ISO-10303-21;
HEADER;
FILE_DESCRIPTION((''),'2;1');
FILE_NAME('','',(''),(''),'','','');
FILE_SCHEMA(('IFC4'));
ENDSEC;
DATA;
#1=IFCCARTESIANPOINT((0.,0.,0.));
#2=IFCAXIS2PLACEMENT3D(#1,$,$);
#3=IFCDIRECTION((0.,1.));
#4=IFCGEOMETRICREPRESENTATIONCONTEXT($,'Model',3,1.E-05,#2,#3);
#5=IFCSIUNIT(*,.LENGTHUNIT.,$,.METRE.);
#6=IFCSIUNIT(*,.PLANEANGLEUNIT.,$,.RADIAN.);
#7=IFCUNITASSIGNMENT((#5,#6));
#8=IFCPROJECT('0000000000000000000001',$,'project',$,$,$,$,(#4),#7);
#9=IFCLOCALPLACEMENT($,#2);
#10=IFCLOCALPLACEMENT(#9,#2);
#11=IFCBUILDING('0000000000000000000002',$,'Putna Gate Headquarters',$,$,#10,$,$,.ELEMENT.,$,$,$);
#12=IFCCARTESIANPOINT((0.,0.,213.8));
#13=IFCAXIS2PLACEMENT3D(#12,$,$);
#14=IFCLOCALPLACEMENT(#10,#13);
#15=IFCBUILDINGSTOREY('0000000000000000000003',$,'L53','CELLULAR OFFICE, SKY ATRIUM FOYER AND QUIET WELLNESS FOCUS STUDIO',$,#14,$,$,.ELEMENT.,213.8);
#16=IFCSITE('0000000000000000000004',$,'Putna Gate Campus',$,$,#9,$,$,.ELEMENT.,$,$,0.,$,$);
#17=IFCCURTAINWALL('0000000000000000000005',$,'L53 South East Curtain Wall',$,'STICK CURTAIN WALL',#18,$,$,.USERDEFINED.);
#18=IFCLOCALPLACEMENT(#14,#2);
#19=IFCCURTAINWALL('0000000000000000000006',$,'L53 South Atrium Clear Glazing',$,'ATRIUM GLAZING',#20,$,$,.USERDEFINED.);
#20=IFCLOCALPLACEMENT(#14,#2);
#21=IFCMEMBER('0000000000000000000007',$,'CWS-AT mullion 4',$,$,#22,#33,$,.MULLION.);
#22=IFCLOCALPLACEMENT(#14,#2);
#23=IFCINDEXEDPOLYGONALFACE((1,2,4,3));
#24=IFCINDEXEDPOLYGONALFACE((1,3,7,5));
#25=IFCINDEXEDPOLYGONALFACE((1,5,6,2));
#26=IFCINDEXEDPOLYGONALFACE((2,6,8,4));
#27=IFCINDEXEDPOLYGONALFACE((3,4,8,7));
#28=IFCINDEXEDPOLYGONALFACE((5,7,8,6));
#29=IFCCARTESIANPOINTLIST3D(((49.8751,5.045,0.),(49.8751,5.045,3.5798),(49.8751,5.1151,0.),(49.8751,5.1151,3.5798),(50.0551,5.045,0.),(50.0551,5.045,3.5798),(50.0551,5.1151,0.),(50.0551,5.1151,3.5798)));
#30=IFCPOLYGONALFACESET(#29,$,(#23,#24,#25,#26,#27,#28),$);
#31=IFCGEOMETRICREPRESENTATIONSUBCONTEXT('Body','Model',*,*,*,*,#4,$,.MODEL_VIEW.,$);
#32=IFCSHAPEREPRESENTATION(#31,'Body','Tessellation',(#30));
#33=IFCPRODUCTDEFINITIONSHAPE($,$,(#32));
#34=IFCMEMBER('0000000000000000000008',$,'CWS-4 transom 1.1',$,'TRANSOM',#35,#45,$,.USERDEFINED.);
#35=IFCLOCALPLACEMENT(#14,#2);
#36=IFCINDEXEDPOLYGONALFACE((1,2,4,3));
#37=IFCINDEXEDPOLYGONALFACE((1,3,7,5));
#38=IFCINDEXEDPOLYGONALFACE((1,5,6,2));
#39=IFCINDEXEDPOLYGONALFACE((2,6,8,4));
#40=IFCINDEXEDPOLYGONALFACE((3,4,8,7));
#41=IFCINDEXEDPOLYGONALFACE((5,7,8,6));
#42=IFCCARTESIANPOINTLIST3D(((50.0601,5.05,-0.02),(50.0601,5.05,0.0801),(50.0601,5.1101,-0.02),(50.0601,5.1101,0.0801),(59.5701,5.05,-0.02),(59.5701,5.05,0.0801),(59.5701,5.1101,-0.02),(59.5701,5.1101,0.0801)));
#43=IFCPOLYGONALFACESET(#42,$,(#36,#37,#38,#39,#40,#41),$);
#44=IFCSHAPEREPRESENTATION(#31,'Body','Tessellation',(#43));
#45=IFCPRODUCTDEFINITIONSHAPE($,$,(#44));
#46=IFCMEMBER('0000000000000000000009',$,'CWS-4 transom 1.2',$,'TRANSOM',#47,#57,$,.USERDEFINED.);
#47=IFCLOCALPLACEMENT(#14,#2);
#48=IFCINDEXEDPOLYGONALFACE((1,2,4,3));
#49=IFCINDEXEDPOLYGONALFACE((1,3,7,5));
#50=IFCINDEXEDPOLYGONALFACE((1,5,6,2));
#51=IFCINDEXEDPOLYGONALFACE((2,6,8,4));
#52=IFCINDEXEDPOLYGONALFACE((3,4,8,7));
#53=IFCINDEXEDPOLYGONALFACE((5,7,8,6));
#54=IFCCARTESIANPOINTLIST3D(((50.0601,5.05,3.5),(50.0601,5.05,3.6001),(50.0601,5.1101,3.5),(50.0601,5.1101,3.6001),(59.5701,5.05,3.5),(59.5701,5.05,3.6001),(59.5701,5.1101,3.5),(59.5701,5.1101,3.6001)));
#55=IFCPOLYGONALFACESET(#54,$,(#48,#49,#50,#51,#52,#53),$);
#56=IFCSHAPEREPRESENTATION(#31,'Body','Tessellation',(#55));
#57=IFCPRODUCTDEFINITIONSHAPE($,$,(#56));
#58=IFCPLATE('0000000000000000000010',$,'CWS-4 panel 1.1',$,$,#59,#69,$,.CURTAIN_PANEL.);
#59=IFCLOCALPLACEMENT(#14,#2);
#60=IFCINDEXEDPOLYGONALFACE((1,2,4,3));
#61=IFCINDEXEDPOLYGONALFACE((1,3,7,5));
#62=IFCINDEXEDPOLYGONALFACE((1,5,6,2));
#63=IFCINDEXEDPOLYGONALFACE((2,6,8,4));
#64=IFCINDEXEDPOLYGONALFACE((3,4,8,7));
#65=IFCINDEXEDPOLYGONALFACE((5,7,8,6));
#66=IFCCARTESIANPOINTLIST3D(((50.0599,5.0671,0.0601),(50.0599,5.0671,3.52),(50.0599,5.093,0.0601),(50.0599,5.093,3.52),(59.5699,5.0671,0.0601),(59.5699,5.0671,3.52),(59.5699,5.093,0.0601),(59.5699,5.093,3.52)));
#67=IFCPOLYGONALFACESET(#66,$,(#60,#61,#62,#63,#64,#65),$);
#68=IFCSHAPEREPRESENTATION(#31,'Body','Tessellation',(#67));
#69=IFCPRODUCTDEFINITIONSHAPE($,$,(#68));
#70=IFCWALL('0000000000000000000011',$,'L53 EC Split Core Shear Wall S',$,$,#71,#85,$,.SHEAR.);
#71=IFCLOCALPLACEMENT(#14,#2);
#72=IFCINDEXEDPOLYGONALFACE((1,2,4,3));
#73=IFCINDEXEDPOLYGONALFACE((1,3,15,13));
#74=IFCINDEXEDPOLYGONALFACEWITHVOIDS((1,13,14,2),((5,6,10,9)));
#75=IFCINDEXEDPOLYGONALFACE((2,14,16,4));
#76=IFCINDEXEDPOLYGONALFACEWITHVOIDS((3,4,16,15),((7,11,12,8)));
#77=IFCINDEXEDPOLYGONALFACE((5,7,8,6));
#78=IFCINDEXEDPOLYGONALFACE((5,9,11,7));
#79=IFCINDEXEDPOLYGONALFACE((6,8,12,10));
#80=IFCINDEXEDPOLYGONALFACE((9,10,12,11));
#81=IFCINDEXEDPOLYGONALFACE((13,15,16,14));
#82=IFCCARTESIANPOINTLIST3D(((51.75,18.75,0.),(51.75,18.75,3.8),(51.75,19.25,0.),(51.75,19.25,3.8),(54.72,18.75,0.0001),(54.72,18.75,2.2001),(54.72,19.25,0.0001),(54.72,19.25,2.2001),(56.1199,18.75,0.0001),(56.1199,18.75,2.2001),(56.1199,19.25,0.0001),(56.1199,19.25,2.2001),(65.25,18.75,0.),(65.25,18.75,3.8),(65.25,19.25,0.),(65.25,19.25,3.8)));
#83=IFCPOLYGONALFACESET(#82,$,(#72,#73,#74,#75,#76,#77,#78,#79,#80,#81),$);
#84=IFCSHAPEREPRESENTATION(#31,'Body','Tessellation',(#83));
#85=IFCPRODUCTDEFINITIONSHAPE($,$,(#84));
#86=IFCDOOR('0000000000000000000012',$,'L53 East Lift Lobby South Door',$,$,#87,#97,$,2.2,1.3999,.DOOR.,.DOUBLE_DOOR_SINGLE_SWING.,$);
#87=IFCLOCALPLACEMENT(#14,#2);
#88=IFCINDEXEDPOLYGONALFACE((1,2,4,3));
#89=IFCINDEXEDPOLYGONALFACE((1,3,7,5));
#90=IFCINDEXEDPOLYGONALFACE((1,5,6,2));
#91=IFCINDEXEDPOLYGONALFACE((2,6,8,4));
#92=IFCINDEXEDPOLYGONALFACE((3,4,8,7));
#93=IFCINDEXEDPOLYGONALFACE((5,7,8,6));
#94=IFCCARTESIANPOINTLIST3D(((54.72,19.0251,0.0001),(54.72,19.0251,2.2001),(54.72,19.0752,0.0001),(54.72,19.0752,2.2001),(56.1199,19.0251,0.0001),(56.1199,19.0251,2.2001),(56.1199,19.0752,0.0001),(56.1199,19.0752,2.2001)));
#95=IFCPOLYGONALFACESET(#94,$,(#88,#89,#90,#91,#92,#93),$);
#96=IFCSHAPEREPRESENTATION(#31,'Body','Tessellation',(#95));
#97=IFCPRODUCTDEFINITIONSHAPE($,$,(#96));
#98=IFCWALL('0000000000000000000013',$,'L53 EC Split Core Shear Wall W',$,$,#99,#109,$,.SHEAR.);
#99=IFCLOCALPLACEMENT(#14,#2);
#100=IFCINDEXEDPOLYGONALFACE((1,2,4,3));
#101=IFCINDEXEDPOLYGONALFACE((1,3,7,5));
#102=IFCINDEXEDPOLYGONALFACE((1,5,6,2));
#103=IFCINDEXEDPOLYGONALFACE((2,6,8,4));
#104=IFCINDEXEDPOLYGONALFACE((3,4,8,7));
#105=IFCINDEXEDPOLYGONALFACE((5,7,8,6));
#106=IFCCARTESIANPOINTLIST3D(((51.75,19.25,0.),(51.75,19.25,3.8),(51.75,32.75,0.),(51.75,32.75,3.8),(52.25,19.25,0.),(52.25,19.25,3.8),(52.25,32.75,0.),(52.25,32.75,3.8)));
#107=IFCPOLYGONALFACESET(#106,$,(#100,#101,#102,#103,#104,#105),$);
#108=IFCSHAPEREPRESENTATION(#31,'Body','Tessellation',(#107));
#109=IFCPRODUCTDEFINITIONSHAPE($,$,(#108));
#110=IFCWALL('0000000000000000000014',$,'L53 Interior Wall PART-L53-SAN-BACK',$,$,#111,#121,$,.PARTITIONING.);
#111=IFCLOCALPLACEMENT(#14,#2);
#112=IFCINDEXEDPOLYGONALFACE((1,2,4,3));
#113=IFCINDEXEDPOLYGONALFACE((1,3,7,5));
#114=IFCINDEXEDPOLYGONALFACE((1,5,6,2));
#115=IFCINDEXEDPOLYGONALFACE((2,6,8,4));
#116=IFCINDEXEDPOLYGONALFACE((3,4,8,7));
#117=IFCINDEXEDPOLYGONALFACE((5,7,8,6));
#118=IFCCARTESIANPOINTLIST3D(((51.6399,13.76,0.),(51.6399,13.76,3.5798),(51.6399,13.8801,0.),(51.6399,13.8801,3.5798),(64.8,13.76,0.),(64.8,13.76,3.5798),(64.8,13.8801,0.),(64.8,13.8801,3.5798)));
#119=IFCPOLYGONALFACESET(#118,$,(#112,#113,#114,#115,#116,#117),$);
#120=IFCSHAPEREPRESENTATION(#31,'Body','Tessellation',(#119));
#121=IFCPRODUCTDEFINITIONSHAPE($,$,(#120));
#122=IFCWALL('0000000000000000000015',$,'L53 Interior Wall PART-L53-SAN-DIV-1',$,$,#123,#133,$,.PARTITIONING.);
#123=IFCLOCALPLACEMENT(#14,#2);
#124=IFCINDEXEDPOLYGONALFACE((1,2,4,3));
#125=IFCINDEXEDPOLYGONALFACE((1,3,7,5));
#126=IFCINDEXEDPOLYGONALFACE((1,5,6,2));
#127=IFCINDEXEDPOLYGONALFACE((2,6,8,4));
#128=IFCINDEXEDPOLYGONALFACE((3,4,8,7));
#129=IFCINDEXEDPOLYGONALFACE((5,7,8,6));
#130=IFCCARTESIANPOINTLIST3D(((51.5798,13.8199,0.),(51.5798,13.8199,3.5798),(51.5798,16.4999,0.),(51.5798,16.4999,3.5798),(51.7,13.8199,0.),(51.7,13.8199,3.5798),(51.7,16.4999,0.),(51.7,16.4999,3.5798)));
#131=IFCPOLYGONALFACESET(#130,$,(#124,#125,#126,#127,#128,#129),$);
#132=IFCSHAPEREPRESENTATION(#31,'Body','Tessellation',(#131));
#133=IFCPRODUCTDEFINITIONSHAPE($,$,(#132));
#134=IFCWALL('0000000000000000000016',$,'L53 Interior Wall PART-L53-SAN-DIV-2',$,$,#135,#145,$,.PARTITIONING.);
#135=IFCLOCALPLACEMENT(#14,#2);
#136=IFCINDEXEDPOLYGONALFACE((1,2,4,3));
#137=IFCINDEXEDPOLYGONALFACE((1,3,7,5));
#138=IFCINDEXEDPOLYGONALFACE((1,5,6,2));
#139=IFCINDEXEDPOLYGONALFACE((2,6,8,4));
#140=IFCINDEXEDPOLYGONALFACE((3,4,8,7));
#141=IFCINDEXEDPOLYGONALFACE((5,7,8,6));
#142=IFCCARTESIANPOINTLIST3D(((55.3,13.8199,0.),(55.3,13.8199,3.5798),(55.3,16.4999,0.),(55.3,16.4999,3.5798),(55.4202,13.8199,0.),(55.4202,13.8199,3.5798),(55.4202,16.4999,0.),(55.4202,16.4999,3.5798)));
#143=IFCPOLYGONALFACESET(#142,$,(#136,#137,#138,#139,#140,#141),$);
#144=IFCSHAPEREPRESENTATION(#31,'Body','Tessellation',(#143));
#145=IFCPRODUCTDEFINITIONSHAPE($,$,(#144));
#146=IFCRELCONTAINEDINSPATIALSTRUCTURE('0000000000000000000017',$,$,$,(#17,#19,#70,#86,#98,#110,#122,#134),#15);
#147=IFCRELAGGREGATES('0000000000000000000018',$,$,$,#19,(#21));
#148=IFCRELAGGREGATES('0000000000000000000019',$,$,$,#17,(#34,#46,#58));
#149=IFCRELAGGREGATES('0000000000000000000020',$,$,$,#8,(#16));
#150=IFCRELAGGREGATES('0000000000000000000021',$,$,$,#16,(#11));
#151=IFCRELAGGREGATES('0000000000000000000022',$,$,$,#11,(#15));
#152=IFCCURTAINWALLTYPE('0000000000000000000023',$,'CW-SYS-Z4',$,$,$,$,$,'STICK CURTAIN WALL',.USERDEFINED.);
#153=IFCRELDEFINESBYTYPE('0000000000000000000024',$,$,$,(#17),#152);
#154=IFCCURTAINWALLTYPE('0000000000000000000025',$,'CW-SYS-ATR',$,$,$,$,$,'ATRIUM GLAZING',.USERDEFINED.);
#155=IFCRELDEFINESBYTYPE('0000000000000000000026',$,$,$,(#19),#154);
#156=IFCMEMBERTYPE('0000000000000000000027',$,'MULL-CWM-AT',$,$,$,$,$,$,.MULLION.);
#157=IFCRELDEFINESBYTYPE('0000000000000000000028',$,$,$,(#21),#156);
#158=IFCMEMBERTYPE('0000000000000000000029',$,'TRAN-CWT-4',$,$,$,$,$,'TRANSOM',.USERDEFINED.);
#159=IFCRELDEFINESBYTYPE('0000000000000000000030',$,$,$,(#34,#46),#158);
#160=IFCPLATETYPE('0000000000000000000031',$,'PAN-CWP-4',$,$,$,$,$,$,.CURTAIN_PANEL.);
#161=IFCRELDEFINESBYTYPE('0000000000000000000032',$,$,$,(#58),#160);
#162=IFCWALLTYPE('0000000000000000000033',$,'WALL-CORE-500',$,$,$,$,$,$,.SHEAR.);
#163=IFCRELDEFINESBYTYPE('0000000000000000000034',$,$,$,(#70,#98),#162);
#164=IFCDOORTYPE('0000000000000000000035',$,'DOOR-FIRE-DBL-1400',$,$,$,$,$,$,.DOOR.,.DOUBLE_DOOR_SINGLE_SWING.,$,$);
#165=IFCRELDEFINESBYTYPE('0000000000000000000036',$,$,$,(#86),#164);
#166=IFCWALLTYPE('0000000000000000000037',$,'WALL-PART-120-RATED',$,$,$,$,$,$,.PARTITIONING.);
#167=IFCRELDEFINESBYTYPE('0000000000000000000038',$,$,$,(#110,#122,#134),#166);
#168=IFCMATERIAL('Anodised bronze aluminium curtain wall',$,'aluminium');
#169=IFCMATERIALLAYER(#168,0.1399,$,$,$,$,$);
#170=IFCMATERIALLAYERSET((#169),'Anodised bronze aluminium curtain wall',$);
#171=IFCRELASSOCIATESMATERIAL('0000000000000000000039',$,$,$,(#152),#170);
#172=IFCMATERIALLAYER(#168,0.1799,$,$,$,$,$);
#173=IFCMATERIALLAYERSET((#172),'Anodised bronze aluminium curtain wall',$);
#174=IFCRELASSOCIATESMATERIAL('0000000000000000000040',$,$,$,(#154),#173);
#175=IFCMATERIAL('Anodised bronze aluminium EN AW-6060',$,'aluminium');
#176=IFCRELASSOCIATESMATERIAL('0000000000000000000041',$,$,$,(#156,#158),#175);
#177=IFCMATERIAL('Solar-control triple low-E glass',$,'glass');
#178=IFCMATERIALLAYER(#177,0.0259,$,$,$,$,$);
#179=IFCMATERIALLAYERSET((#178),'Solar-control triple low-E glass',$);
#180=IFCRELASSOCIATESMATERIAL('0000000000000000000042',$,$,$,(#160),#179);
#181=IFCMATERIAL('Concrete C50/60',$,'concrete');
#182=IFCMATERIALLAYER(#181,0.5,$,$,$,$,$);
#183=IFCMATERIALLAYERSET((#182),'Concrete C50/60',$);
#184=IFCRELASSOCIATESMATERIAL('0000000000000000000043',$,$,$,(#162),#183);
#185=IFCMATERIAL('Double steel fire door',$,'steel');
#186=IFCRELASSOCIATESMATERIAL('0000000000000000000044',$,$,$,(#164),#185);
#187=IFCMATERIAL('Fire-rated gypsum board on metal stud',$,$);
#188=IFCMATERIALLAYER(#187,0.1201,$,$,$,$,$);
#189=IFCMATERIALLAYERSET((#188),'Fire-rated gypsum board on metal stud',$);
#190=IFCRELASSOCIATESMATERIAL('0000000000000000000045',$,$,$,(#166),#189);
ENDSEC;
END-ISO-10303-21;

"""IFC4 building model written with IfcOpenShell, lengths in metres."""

from ifc_helpers import new_model, si_unit, direction, frame, frame_2d, origin, origin_2d, place, context, subcontext, project, spatial, rectangle, extrude, material, layer, layer_set, material_profile, profile_set, type_object, element, fill, aggregate, save


model = new_model("IFC4")

# Units and contexts
model_context = context("Model", 3, precision=1e-05, world=origin(), true_north=direction((0.0, 1.0)))
body_context = subcontext(model_context, "Body", "Model", "MODEL_VIEW")
ifc_project = project(units=[si_unit("LENGTHUNIT", "METRE"), si_unit("PLANEANGLEUNIT", "RADIAN")], contexts=[model_context])

# Site, building, storey
site_placement = place(None, origin())
site = spatial("IfcSite", under=ifc_project, at=site_placement, Name="Putna Gate Campus", CompositionType="ELEMENT", RefElevation=0.0)
building_placement = place(site_placement, origin())
building = spatial("IfcBuilding", under=site, at=building_placement, Name="Putna Gate Headquarters", CompositionType="ELEMENT")
storey_placement = place(building_placement, frame((0.0, 0.0, 213.8)))
storey = spatial("IfcBuildingStorey", under=building, at=storey_placement, Name="L53", Description="CELLULAR OFFICE, SKY ATRIUM FOYER AND QUIET WELLNESS FOCUS STUDIO", CompositionType="ELEMENT", Elevation=213.8)

# Curtain walls, member
ifc_material_1 = material(Name="Anodised bronze aluminium curtain wall", Category="aluminium")
ifc_layer_1 = layer(ifc_material_1, 0.1399)
ifc_layer_set_1 = layer_set([ifc_layer_1], Name="Anodised bronze aluminium curtain wall")
curtain_wall_type_1 = type_object("IfcCurtainWallType", Name="CW-SYS-Z4", ElementType="STICK CURTAIN WALL", PredefinedType="USERDEFINED", material=ifc_layer_set_1)
curtain_wall_1_placement = place(storey_placement, origin())
curtain_wall_1 = element("IfcCurtainWall", 1, at=curtain_wall_1_placement, inside=storey, type_object=curtain_wall_type_1, Name="L53 South East Curtain Wall", ObjectType="STICK CURTAIN WALL", PredefinedType="USERDEFINED")
ifc_material_2 = material(Name="Anodised bronze aluminium EN AW-6060", Category="aluminium")
ifc_layer_2 = layer(ifc_material_1, 0.1799)
ifc_layer_set_2 = layer_set([ifc_layer_2], Name="Anodised bronze aluminium curtain wall")
curtain_wall_type_2 = type_object("IfcCurtainWallType", Name="CW-SYS-ATR", ElementType="ATRIUM GLAZING", PredefinedType="USERDEFINED", material=ifc_layer_set_2)
curtain_wall_2_placement = place(storey_placement, origin())
curtain_wall_2 = element("IfcCurtainWall", 2, at=curtain_wall_2_placement, inside=storey, type_object=curtain_wall_type_2, Name="L53 South Atrium Clear Glazing", ObjectType="ATRIUM GLAZING", PredefinedType="USERDEFINED")
ifc_material_profile_1 = material_profile(ifc_material_2, rectangle(XDim=0.0701, YDim=0.1799, at=origin_2d()), Name="Anodised bronze aluminium EN AW-6060")
ifc_profile_set_1 = profile_set([ifc_material_profile_1], Name="Anodised bronze aluminium EN AW-6060")
member_type_1 = type_object("IfcMemberType", Name="MULL-CWM-AT", PredefinedType="MULLION", material=ifc_profile_set_1)
member_1_placement = place(storey_placement, frame((49.9651, 5.0801, 0.0), z_axis=(0.0, 0.0, 1.0), x_axis=(0.0, 1.0, 0.0)))
member_1 = element("IfcMember", 3, at=member_1_placement, type_object=member_type_1, Name="CWS-AT mullion 4", PredefinedType="MULLION", context=body_context, shape_type="SweptSolid", body=[
    extrude(rectangle(XDim=0.0701, YDim=0.1799, at=origin_2d()), origin(), (0.0, 0.0, 1.0), 3.5798),
])
aggregate(curtain_wall_2, [member_1])

# Members
ifc_material_profile_2 = material_profile(ifc_material_2, rectangle(XDim=0.0601, YDim=0.1001, at=origin_2d()), Name="Anodised bronze aluminium EN AW-6060")
ifc_profile_set_2 = profile_set([ifc_material_profile_2], Name="Anodised bronze aluminium EN AW-6060")
member_type_2 = type_object("IfcMemberType", Name="TRAN-CWT-4", ElementType="TRANSOM", PredefinedType="USERDEFINED", material=ifc_profile_set_2)
member_2_placement = place(storey_placement, frame((50.0601, 5.0801, 0.03), z_axis=(1.0, 0.0, 0.0), x_axis=(0.0, 1.0, 0.0)))
member_2 = element("IfcMember", 4, at=member_2_placement, type_object=member_type_2, Name="CWS-4 transom 1.1", ObjectType="TRANSOM", PredefinedType="USERDEFINED", context=body_context, shape_type="SweptSolid", body=[
    extrude(rectangle(XDim=0.0601, YDim=0.1001, at=origin_2d()), origin(), (0.0, 0.0, 1.0), 9.51),
])
member_3_placement = place(storey_placement, frame((50.0601, 5.0801, 3.55), z_axis=(1.0, 0.0, 0.0), x_axis=(0.0, 1.0, 0.0)))
member_3 = element("IfcMember", 5, at=member_3_placement, type_object=member_type_2, Name="CWS-4 transom 1.2", ObjectType="TRANSOM", PredefinedType="USERDEFINED", context=body_context, shape_type="SweptSolid", body=[
    extrude(rectangle(XDim=0.0601, YDim=0.1001, at=origin_2d()), origin(), (0.0, 0.0, 1.0), 9.51),
])

# Plate
ifc_material_3 = material(Name="Solar-control triple low-E glass", Category="glass")
ifc_layer_3 = layer(ifc_material_3, 0.0259)
ifc_layer_set_3 = layer_set([ifc_layer_3], Name="Solar-control triple low-E glass")
plate_type = type_object("IfcPlateType", Name="PAN-CWP-4", PredefinedType="CURTAIN_PANEL", material=ifc_layer_set_3)
plate_placement = place(storey_placement, frame((54.8149, 5.0801, 0.0601), z_axis=(0.0, 0.0, 1.0), x_axis=(1.0, 0.0, 0.0)))
plate = element("IfcPlate", 6, at=plate_placement, type_object=plate_type, Name="CWS-4 panel 1.1", PredefinedType="CURTAIN_PANEL", context=body_context, shape_type="SweptSolid", body=[
    extrude(rectangle(XDim=9.51, YDim=0.0259, at=origin_2d()), origin(), (0.0, 0.0, 1.0), 3.46),
])
aggregate(curtain_wall_1, [member_2, member_3, plate])

# Wall, opening, door
ifc_material_4 = material(Name="Concrete C50/60", Category="concrete")
ifc_layer_4 = layer(ifc_material_4, 0.5)
ifc_layer_set_4 = layer_set([ifc_layer_4], Name="Concrete C50/60")
wall_type_1 = type_object("IfcWallType", Name="WALL-CORE-500", PredefinedType="SHEAR", material=ifc_layer_set_4)
wall_1_placement = place(storey_placement, frame((51.75, 19.0, 0.0), z_axis=(0.0, 0.0, 1.0), x_axis=(1.0, 0.0, 0.0)))
wall_1 = element("IfcWall", 7, at=wall_1_placement, inside=storey, type_object=wall_type_1, Name="L53 EC Split Core Shear Wall S", PredefinedType="SHEAR", context=body_context, shape_type="SweptSolid", body=[
    extrude(rectangle(XDim=13.5, YDim=0.5, at=frame_2d((6.75, 0.0))), origin(), (0.0, 0.0, 1.0), 3.8),
])
opening_1_placement = place(wall_1_placement, frame((2.97, 0.0, 0.0)))
opening_1 = element("IfcOpeningElement", 8, at=opening_1_placement, cuts=wall_1, PredefinedType="OPENING", context=body_context, shape_type="SweptSolid", body=[
    extrude(rectangle(XDim=1.3999, YDim=2.2, at=frame_2d((0.7, 1.1001))), frame((0.0, 0.26, 0.0), z_axis=(0.0, -1.0, 0.0), x_axis=(1.0, 0.0, 0.0)), (0.0, 0.0, 1.0), 0.52),
])
ifc_material_5 = material(Name="Double steel fire door", Category="steel")
door_type_1 = type_object("IfcDoorType", Name="DOOR-FIRE-DBL-1400", OperationType="DOUBLE_DOOR_SINGLE_SWING", PredefinedType="DOOR", material=ifc_material_5)
door_1_placement = place(opening_1_placement, origin())
door_1 = element("IfcDoor", 9, at=door_1_placement, inside=storey, type_object=door_type_1, Name="L53 East Lift Lobby South Door", OperationType="DOUBLE_DOOR_SINGLE_SWING", OverallHeight=2.2, OverallWidth=1.3999, PredefinedType="DOOR", context=body_context, shape_type="SweptSolid", body=[
    extrude(rectangle(XDim=1.3999, YDim=2.2, at=frame_2d((0.7, 1.1001))), frame((0.0, 0.0752, 0.0), z_axis=(0.0, -1.0, 0.0), x_axis=(1.0, 0.0, 0.0)), (0.0, 0.0, 1.0), 0.05),
])
fill(opening_1, door_1)

# Wall
wall_2_placement = place(storey_placement, frame((52.0, 19.25, 0.0), z_axis=(0.0, 0.0, 1.0), x_axis=(0.0, 1.0, 0.0)))
element("IfcWall", 10, at=wall_2_placement, inside=storey, type_object=wall_type_1, Name="L53 EC Split Core Shear Wall W", PredefinedType="SHEAR", context=body_context, shape_type="SweptSolid", body=[
    extrude(rectangle(XDim=13.5, YDim=0.5, at=frame_2d((6.75, 0.0))), origin(), (0.0, 0.0, 1.0), 3.8),
])

# Shared definitions
ifc_material_6 = material(Name="Fire-rated gypsum board on metal stud")
ifc_layer_5 = layer(ifc_material_6, 0.1201)
ifc_layer_set_5 = layer_set([ifc_layer_5], Name="Fire-rated gypsum board on metal stud")
wall_type_2 = type_object("IfcWallType", Name="WALL-PART-120-RATED", PredefinedType="PARTITIONING", material=ifc_layer_set_5)

# Walls
wall_3_placement = place(storey_placement, frame((51.6399, 13.8201, 0.0), z_axis=(0.0, 0.0, 1.0), x_axis=(1.0, 0.0, 0.0)))
element("IfcWall", 11, at=wall_3_placement, inside=storey, type_object=wall_type_2, Name="L53 Interior Wall PART-L53-SAN-BACK", PredefinedType="PARTITIONING", context=body_context, shape_type="SweptSolid", body=[
    extrude(rectangle(XDim=13.1602, YDim=0.1201, at=frame_2d((6.5801, 0.0))), origin(), (0.0, 0.0, 1.0), 3.5798),
])
for number, where, z_axis, x_axis, name in (
    (12, (51.6399, 13.8201, 0.0), (0.0, 0.0, 1.0), (0.0, 1.0, 0.0), "L53 Interior Wall PART-L53-SAN-DIV-1"),
    (13, (55.3601, 13.8201, 0.0), (0.0, 0.0, 1.0), (0.0, 1.0, 0.0), "L53 Interior Wall PART-L53-SAN-DIV-2"),
):
    element("IfcWall", number, at=place(storey_placement, frame(where, z_axis=z_axis, x_axis=x_axis)), inside=storey, type_object=wall_type_2, Name=name, PredefinedType="PARTITIONING", context=body_context, shape_type="SweptSolid", body=[
        extrude(rectangle(XDim=2.6799, YDim=0.1201, at=frame_2d((1.3398, 0.0))), origin(), (0.0, 0.0, 1.0), 3.5798),
    ])

save(model, "model.ifc")
